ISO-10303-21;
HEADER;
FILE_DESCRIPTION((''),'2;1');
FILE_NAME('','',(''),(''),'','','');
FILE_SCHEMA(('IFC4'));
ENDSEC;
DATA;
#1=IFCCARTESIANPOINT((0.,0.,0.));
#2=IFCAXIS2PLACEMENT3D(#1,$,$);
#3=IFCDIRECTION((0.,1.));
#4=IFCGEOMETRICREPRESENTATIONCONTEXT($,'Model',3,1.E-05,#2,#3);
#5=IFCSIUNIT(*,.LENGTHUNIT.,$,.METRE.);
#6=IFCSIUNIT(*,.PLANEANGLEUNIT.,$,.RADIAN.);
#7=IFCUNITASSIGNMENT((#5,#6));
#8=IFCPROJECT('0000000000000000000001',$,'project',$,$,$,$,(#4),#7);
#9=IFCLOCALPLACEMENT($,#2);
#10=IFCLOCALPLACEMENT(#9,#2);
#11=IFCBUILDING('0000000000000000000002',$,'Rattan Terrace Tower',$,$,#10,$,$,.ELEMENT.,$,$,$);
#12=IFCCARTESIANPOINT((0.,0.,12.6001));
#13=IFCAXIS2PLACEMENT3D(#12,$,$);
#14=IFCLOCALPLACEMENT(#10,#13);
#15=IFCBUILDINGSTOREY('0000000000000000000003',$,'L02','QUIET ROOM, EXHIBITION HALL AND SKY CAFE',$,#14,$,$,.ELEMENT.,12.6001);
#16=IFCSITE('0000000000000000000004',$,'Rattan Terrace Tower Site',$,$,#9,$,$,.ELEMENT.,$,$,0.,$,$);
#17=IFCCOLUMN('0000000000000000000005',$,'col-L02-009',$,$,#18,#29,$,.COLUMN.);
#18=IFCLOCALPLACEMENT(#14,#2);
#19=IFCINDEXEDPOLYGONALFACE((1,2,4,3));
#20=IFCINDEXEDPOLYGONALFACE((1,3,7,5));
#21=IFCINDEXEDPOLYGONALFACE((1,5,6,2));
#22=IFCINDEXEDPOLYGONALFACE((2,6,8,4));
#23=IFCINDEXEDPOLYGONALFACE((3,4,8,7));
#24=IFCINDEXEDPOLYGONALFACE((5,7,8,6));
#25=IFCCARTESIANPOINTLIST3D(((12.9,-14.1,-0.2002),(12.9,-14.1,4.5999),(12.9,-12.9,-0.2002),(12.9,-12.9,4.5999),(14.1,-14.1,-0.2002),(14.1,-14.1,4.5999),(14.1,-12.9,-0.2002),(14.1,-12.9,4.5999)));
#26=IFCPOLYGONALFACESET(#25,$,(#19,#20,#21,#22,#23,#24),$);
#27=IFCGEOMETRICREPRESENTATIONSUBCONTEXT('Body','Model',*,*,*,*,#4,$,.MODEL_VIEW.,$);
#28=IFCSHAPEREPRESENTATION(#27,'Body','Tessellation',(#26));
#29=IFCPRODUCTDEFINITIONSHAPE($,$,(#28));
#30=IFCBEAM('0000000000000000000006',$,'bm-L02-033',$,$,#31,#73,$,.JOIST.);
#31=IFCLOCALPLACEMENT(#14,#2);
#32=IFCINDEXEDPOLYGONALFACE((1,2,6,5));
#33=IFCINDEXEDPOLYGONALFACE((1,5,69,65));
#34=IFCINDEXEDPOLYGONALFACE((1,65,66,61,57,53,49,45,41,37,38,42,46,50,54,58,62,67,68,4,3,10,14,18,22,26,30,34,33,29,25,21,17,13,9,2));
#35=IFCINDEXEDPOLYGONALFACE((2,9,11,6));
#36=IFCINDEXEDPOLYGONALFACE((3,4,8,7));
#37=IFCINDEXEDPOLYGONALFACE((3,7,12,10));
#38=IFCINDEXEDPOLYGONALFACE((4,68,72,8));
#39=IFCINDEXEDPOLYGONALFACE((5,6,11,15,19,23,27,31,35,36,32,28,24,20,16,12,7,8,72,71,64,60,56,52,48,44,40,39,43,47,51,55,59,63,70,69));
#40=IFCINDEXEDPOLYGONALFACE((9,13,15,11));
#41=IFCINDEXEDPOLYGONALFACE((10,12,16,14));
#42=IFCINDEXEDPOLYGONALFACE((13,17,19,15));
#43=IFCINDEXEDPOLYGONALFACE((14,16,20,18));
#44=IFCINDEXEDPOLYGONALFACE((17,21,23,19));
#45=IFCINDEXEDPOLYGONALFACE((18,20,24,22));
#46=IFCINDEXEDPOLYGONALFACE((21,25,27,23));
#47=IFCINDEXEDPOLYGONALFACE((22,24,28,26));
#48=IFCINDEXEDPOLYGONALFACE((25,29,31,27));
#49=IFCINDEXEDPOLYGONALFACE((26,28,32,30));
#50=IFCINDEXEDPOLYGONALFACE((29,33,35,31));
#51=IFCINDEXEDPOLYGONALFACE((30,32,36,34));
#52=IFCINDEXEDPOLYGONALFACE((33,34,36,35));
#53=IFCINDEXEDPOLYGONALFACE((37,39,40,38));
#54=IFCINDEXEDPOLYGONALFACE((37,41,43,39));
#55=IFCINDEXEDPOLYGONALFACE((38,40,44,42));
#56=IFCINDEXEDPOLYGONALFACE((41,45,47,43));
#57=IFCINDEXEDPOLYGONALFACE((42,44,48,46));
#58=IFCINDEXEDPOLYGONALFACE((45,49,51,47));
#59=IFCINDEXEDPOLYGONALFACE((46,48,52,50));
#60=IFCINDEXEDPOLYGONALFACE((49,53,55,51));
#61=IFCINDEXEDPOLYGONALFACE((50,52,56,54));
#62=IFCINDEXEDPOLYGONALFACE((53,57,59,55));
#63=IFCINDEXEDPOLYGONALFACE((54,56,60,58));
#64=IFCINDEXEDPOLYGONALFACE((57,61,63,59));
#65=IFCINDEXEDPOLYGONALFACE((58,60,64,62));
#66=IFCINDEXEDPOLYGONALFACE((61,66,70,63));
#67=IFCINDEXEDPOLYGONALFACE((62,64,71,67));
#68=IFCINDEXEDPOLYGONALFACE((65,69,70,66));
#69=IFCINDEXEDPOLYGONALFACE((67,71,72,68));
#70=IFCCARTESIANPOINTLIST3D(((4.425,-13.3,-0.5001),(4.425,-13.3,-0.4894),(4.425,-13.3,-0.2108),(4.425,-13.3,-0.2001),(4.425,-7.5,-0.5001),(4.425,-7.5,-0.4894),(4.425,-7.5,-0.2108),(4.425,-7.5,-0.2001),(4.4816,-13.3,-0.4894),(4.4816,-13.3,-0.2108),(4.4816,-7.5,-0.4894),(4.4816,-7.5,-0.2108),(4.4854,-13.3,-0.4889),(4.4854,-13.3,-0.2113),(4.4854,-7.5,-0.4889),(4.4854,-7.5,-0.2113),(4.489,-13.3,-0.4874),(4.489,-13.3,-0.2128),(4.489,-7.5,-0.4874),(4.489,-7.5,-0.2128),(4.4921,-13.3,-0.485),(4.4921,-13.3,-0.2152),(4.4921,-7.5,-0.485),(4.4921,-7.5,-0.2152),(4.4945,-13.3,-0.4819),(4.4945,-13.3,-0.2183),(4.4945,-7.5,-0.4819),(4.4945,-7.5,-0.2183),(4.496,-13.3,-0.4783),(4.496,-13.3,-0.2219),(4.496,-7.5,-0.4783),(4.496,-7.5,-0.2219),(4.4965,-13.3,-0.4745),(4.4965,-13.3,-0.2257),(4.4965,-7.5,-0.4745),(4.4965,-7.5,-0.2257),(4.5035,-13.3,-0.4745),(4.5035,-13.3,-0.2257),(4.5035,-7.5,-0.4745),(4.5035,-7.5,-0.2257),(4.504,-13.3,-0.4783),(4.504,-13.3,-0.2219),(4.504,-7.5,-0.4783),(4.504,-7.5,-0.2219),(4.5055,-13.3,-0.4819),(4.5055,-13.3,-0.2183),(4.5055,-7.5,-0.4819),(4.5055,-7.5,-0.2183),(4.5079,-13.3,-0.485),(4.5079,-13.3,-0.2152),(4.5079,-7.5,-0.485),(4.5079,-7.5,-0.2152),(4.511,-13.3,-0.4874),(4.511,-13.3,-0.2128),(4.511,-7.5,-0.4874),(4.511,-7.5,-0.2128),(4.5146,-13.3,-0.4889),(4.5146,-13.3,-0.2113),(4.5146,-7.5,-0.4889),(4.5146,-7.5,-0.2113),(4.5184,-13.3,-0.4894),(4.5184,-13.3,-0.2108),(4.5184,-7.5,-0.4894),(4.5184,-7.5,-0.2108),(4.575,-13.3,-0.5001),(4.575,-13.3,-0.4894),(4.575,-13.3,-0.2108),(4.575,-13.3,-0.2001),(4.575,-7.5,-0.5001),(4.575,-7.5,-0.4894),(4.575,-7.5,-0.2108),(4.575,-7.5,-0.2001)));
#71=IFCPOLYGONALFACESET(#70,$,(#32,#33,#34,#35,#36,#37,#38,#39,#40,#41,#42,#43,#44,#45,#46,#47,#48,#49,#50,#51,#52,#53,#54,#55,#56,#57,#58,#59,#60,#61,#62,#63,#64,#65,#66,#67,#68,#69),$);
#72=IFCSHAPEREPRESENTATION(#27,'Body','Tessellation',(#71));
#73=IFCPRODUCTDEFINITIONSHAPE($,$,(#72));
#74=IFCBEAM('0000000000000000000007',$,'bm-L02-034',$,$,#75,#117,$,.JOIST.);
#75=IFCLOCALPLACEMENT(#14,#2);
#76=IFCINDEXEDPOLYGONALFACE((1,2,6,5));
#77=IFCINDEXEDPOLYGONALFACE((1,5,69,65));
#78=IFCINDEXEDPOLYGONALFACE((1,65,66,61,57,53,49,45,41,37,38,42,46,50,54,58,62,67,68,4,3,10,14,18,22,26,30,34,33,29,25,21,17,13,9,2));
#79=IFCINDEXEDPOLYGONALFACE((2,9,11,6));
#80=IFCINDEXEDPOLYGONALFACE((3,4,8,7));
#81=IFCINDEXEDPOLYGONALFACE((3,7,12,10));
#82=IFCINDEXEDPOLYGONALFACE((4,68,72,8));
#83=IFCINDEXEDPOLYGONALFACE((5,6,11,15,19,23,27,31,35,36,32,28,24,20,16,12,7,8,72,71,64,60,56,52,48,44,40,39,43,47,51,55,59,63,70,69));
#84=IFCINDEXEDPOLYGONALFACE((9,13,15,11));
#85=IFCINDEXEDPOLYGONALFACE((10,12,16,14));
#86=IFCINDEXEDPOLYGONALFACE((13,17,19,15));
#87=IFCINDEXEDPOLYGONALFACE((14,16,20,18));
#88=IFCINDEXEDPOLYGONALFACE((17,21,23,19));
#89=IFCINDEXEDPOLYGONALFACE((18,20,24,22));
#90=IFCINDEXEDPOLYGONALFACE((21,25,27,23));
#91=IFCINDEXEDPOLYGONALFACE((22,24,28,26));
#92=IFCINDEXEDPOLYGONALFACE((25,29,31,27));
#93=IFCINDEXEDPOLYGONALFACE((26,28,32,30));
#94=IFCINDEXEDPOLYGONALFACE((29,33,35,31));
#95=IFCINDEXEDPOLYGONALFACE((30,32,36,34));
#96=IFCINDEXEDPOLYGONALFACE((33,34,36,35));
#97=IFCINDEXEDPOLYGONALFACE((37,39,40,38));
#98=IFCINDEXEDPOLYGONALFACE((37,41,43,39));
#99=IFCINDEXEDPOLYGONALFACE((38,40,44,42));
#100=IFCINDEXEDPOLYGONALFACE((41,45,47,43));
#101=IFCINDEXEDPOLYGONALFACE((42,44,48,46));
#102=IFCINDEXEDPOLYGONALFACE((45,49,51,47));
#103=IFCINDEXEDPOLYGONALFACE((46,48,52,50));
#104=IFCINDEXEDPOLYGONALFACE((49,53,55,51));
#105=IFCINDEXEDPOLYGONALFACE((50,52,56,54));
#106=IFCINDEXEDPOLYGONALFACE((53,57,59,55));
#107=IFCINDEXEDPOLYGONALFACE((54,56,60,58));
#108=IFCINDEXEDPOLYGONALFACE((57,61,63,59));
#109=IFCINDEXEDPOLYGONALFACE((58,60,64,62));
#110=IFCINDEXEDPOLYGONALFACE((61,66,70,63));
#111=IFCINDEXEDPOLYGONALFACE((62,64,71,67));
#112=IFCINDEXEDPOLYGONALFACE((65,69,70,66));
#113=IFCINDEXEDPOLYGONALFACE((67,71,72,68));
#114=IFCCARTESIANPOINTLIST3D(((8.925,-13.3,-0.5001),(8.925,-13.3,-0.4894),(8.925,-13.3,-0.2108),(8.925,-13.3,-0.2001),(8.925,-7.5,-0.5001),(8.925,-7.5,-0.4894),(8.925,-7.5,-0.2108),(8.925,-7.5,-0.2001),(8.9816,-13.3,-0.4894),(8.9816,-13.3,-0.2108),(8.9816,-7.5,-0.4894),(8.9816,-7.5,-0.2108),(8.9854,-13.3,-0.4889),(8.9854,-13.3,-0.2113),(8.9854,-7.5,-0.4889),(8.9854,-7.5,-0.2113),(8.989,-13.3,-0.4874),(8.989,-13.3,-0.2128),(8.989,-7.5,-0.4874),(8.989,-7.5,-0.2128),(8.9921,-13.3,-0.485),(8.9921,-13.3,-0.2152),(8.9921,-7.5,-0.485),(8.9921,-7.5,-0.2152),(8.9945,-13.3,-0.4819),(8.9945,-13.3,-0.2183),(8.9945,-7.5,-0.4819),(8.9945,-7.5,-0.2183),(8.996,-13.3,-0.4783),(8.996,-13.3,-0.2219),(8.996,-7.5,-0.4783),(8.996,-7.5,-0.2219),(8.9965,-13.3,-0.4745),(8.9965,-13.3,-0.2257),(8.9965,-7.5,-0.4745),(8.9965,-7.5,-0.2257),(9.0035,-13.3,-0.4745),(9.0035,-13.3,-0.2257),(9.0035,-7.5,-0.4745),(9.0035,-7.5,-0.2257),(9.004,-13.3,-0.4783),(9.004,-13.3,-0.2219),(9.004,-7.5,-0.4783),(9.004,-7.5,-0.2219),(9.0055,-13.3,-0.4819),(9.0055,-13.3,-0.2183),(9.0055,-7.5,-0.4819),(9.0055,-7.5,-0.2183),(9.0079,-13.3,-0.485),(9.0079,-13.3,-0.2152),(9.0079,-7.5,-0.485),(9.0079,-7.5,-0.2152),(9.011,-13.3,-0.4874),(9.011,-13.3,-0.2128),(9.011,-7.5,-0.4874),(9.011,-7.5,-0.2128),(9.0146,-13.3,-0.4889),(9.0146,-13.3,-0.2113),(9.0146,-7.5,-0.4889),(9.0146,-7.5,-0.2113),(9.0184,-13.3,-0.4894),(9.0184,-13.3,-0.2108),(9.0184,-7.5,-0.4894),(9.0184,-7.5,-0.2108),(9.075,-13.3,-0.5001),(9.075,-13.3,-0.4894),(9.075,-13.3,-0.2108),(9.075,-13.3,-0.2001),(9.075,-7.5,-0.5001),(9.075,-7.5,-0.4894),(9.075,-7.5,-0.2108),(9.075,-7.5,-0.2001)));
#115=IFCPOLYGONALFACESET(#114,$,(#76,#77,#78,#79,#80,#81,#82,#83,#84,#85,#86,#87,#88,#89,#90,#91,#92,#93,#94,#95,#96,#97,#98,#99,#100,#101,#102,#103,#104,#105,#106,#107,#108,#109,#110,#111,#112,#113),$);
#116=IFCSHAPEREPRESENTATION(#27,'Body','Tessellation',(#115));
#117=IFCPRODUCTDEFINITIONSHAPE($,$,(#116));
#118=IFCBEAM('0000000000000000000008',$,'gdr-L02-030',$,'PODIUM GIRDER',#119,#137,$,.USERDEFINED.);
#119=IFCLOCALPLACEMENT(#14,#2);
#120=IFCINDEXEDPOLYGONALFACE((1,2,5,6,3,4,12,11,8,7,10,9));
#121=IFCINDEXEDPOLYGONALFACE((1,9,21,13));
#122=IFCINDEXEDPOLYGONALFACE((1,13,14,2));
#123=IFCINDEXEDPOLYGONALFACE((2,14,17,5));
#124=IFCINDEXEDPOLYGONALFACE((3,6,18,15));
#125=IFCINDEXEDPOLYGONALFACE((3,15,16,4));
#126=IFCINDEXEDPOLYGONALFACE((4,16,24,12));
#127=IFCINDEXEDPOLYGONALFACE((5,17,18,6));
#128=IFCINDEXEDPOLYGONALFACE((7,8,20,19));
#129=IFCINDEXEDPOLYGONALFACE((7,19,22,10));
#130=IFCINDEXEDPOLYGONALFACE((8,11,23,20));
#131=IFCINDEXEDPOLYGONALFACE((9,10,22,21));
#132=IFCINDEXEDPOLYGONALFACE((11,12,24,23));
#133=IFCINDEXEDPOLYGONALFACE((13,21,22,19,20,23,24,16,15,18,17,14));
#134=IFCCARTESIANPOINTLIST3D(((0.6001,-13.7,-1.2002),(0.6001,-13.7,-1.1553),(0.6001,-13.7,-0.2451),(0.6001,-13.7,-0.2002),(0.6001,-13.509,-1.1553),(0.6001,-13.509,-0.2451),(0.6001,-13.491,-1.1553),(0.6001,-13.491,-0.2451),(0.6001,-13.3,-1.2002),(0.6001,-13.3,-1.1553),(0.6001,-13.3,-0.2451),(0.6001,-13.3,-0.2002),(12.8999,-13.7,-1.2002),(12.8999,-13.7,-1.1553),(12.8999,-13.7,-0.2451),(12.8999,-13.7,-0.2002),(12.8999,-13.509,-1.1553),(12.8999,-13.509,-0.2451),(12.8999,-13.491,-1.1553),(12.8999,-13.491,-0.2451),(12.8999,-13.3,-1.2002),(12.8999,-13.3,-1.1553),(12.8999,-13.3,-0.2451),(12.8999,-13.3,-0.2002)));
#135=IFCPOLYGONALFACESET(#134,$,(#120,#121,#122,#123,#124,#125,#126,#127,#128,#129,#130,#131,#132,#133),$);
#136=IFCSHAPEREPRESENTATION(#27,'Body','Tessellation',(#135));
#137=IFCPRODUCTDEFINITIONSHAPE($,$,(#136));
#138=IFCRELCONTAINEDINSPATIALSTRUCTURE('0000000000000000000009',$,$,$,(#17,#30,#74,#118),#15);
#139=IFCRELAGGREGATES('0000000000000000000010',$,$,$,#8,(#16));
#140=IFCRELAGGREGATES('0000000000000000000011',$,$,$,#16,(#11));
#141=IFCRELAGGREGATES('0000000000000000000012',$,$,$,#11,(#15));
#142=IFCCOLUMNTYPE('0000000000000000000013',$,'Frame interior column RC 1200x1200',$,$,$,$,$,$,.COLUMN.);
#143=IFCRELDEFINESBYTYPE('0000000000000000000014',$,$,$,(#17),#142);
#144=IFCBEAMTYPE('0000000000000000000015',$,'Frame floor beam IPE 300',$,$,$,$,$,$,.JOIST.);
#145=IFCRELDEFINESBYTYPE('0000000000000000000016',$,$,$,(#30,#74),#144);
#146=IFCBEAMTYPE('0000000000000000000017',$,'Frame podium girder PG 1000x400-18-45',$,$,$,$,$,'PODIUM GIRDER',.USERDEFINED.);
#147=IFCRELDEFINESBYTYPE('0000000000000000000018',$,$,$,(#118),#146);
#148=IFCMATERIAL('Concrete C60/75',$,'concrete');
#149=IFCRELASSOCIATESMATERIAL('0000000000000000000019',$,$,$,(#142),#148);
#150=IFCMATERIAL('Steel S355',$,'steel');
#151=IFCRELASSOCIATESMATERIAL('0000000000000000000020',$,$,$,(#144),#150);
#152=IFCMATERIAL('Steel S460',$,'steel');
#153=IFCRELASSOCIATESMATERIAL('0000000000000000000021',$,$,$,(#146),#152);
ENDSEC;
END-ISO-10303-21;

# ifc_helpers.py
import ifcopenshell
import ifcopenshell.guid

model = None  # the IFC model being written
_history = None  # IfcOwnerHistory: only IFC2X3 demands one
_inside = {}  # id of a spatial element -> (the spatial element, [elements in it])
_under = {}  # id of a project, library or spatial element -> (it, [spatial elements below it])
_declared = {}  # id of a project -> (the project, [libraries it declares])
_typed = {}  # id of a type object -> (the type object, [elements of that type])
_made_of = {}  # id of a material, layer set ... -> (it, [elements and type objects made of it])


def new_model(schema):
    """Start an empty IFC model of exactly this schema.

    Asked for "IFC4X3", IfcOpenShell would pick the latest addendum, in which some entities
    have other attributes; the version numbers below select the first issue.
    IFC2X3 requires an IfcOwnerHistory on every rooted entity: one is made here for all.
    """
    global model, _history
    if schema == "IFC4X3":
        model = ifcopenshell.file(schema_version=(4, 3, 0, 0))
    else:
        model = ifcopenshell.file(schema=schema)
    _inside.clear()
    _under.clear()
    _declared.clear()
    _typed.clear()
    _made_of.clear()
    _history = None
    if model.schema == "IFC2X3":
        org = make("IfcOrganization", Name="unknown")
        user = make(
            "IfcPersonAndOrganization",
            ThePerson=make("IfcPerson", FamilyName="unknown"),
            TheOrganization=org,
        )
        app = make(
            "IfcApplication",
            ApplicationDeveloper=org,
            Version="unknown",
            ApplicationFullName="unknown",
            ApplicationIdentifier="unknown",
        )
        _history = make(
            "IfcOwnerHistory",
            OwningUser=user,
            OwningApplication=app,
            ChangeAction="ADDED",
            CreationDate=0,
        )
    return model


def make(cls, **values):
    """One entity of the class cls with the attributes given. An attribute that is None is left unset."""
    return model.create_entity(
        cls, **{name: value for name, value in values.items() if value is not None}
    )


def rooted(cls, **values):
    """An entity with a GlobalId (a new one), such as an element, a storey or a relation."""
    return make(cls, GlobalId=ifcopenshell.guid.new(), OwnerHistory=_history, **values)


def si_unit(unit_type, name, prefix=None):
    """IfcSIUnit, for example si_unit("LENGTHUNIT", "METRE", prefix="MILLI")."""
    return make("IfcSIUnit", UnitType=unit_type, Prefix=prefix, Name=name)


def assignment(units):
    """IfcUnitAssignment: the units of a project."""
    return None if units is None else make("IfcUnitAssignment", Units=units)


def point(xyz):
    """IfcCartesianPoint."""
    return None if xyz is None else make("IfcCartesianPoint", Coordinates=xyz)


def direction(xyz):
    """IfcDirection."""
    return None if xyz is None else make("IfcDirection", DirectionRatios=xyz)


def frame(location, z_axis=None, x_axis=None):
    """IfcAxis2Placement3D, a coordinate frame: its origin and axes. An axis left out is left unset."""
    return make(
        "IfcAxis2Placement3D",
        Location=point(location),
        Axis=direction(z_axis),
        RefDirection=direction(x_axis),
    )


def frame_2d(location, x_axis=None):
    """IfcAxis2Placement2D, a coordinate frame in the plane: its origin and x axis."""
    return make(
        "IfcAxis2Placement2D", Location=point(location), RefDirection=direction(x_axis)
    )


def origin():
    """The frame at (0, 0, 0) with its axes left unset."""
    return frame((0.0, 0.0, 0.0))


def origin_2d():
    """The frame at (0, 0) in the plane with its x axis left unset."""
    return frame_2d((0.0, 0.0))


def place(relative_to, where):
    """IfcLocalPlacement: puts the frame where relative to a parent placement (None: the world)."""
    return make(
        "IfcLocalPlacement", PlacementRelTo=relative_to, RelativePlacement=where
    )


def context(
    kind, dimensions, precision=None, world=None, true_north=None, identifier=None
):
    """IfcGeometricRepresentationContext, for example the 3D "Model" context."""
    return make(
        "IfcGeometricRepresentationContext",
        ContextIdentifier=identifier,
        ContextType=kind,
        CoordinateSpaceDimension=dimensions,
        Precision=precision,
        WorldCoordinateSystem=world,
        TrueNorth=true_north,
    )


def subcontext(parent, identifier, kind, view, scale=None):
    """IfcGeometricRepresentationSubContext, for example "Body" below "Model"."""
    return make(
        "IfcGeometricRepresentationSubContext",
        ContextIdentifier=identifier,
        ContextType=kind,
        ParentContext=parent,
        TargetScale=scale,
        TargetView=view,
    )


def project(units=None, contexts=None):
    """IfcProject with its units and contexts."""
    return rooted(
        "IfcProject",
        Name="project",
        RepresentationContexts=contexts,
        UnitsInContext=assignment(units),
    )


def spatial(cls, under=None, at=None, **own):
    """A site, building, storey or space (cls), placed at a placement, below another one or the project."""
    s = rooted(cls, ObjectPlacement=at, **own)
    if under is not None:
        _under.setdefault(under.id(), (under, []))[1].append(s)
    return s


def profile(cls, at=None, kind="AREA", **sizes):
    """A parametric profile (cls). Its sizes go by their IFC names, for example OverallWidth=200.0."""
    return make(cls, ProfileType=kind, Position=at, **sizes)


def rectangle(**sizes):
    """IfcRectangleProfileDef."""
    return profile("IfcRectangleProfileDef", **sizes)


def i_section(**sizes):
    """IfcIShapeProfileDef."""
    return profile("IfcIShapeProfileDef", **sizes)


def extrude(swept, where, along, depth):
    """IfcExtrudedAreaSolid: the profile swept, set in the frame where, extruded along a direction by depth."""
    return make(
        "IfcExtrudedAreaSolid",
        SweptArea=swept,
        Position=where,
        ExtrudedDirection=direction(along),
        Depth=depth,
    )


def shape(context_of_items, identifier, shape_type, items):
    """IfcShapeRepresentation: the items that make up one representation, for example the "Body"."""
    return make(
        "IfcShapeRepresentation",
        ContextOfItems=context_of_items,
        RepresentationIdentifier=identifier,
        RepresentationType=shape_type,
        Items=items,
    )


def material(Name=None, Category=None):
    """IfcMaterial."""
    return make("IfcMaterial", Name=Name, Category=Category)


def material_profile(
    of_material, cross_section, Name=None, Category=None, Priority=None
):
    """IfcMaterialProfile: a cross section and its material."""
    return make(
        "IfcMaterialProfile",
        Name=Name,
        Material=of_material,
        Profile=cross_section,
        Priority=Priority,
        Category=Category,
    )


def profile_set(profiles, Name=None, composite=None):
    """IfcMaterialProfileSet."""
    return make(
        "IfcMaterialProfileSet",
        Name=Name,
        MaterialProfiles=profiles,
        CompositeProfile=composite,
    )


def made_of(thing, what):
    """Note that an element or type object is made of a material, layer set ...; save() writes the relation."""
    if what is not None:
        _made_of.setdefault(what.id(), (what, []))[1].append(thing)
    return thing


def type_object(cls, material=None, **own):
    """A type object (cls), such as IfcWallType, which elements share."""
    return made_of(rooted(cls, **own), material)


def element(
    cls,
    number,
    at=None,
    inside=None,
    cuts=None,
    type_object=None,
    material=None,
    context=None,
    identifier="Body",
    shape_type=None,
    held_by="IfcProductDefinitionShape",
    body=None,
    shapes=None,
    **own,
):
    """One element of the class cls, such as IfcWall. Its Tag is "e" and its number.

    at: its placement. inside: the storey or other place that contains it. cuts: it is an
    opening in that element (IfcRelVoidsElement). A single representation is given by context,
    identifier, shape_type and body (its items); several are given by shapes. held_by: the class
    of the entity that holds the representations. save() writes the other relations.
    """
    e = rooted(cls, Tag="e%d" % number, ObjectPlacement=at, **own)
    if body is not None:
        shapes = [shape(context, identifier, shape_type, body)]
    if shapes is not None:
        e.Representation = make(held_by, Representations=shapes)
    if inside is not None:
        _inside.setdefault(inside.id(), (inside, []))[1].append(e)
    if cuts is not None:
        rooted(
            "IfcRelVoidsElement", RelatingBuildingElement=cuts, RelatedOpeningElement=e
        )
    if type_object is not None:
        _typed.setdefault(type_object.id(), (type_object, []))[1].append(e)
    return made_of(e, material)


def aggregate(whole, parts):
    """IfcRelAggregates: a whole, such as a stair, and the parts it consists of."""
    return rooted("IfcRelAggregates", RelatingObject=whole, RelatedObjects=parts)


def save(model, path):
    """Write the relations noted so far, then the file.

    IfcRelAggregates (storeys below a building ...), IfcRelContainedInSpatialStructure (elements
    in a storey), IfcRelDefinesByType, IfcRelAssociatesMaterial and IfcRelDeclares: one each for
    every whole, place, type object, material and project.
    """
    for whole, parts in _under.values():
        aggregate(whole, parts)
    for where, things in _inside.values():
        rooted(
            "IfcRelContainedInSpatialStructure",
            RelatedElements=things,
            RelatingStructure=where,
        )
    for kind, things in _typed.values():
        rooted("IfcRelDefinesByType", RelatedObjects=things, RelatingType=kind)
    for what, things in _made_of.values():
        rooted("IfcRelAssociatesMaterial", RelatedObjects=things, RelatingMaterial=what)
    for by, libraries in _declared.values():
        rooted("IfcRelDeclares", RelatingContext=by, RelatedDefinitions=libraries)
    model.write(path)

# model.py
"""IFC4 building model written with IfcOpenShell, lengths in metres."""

from ifc_helpers import new_model, si_unit, direction, frame, origin, origin_2d, place, context, subcontext, project, spatial, rectangle, i_section, extrude, material, material_profile, profile_set, type_object, element, save


model = new_model("IFC4")

# Units and contexts
model_context = context("Model", 3, precision=1e-05, world=origin(), true_north=direction((0.0, 1.0)))
body_context = subcontext(model_context, "Body", "Model", "MODEL_VIEW")
ifc_project = project(units=[si_unit("LENGTHUNIT", "METRE"), si_unit("PLANEANGLEUNIT", "RADIAN")], contexts=[model_context])

# Site, building, storey
site_placement = place(None, origin())
site = spatial("IfcSite", under=ifc_project, at=site_placement, Name="Rattan Terrace Tower Site", CompositionType="ELEMENT", RefElevation=0.0)
building_placement = place(site_placement, origin())
building = spatial("IfcBuilding", under=site, at=building_placement, Name="Rattan Terrace Tower", CompositionType="ELEMENT")
storey_placement = place(building_placement, frame((0.0, 0.0, 12.6001)))
storey = spatial("IfcBuildingStorey", under=building, at=storey_placement, Name="L02", Description="QUIET ROOM, EXHIBITION HALL AND SKY CAFE", CompositionType="ELEMENT", Elevation=12.6001)

# Column
ifc_material_1 = material(Name="Concrete C60/75", Category="concrete")
ifc_material_profile_1 = material_profile(ifc_material_1, rectangle(XDim=1.2, YDim=1.2, at=origin_2d()), Name="RC 1200x1200")
ifc_profile_set_1 = profile_set([ifc_material_profile_1], Name="Concrete C60/75")
column_type = type_object("IfcColumnType", Name="Frame interior column RC 1200x1200", PredefinedType="COLUMN", material=ifc_profile_set_1)
column_placement = place(storey_placement, frame((13.5, -13.5, -0.2002), z_axis=(0.0, 0.0, 1.0), x_axis=(1.0, 0.0, 0.0)))
element("IfcColumn", 1, at=column_placement, inside=storey, type_object=column_type, Name="col-L02-009", PredefinedType="COLUMN", context=body_context, shape_type="SweptSolid", body=[
    extrude(rectangle(XDim=1.2, YDim=1.2, at=origin_2d()), origin(), (0.0, 0.0, 1.0), 4.8),
])

# Beams
ifc_material_2 = material(Name="Steel S355", Category="steel")
ifc_material_profile_2 = material_profile(ifc_material_2, i_section(OverallWidth=0.1499, OverallDepth=0.3, WebThickness=0.0071, FlangeThickness=0.0107, FilletRadius=0.0149, at=origin_2d()), Name="IPE 300")
ifc_profile_set_2 = profile_set([ifc_material_profile_2], Name="Steel S355")
beam_type_1 = type_object("IfcBeamType", Name="Frame floor beam IPE 300", PredefinedType="JOIST", material=ifc_profile_set_2)
for number, where, z_axis, x_axis, name in (
    (2, (4.5, -13.3, -0.3501), (0.0, 1.0, 0.0), (-1.0, 0.0, 0.0), "bm-L02-033"),
    (3, (9.0, -13.3, -0.3501), (0.0, 1.0, 0.0), (-1.0, 0.0, 0.0), "bm-L02-034"),
):
    element("IfcBeam", number, at=place(storey_placement, frame(where, z_axis=z_axis, x_axis=x_axis)), inside=storey, type_object=beam_type_1, Name=name, PredefinedType="JOIST", context=body_context, shape_type="SweptSolid", body=[
        extrude(i_section(OverallWidth=0.1499, OverallDepth=0.3, WebThickness=0.0071, FlangeThickness=0.0107, FilletRadius=0.0149, at=origin_2d()), origin(), (0.0, 0.0, 1.0), 5.8),
    ])
ifc_material_3 = material(Name="Steel S460", Category="steel")
ifc_material_profile_3 = material_profile(ifc_material_3, i_section(OverallWidth=0.3999, OverallDepth=1.0, WebThickness=0.0181, FlangeThickness=0.0449, at=origin_2d()), Name="PG 1000x400-18-45")
ifc_profile_set_3 = profile_set([ifc_material_profile_3], Name="Steel S460")
beam_type_2 = type_object("IfcBeamType", Name="Frame podium girder PG 1000x400-18-45", ElementType="PODIUM GIRDER", PredefinedType="USERDEFINED", material=ifc_profile_set_3)
beam_placement = place(storey_placement, frame((0.6001, -13.5, -0.7002), z_axis=(1.0, 0.0, 0.0), x_axis=(0.0, 1.0, 0.0)))
element("IfcBeam", 4, at=beam_placement, inside=storey, type_object=beam_type_2, Name="gdr-L02-030", ObjectType="PODIUM GIRDER", PredefinedType="USERDEFINED", context=body_context, shape_type="SweptSolid", body=[
    extrude(i_section(OverallWidth=0.3999, OverallDepth=1.0, WebThickness=0.0181, FlangeThickness=0.0449, at=origin_2d()), origin(), (0.0, 0.0, 1.0), 12.2998),
])

save(model, "model.ifc")
